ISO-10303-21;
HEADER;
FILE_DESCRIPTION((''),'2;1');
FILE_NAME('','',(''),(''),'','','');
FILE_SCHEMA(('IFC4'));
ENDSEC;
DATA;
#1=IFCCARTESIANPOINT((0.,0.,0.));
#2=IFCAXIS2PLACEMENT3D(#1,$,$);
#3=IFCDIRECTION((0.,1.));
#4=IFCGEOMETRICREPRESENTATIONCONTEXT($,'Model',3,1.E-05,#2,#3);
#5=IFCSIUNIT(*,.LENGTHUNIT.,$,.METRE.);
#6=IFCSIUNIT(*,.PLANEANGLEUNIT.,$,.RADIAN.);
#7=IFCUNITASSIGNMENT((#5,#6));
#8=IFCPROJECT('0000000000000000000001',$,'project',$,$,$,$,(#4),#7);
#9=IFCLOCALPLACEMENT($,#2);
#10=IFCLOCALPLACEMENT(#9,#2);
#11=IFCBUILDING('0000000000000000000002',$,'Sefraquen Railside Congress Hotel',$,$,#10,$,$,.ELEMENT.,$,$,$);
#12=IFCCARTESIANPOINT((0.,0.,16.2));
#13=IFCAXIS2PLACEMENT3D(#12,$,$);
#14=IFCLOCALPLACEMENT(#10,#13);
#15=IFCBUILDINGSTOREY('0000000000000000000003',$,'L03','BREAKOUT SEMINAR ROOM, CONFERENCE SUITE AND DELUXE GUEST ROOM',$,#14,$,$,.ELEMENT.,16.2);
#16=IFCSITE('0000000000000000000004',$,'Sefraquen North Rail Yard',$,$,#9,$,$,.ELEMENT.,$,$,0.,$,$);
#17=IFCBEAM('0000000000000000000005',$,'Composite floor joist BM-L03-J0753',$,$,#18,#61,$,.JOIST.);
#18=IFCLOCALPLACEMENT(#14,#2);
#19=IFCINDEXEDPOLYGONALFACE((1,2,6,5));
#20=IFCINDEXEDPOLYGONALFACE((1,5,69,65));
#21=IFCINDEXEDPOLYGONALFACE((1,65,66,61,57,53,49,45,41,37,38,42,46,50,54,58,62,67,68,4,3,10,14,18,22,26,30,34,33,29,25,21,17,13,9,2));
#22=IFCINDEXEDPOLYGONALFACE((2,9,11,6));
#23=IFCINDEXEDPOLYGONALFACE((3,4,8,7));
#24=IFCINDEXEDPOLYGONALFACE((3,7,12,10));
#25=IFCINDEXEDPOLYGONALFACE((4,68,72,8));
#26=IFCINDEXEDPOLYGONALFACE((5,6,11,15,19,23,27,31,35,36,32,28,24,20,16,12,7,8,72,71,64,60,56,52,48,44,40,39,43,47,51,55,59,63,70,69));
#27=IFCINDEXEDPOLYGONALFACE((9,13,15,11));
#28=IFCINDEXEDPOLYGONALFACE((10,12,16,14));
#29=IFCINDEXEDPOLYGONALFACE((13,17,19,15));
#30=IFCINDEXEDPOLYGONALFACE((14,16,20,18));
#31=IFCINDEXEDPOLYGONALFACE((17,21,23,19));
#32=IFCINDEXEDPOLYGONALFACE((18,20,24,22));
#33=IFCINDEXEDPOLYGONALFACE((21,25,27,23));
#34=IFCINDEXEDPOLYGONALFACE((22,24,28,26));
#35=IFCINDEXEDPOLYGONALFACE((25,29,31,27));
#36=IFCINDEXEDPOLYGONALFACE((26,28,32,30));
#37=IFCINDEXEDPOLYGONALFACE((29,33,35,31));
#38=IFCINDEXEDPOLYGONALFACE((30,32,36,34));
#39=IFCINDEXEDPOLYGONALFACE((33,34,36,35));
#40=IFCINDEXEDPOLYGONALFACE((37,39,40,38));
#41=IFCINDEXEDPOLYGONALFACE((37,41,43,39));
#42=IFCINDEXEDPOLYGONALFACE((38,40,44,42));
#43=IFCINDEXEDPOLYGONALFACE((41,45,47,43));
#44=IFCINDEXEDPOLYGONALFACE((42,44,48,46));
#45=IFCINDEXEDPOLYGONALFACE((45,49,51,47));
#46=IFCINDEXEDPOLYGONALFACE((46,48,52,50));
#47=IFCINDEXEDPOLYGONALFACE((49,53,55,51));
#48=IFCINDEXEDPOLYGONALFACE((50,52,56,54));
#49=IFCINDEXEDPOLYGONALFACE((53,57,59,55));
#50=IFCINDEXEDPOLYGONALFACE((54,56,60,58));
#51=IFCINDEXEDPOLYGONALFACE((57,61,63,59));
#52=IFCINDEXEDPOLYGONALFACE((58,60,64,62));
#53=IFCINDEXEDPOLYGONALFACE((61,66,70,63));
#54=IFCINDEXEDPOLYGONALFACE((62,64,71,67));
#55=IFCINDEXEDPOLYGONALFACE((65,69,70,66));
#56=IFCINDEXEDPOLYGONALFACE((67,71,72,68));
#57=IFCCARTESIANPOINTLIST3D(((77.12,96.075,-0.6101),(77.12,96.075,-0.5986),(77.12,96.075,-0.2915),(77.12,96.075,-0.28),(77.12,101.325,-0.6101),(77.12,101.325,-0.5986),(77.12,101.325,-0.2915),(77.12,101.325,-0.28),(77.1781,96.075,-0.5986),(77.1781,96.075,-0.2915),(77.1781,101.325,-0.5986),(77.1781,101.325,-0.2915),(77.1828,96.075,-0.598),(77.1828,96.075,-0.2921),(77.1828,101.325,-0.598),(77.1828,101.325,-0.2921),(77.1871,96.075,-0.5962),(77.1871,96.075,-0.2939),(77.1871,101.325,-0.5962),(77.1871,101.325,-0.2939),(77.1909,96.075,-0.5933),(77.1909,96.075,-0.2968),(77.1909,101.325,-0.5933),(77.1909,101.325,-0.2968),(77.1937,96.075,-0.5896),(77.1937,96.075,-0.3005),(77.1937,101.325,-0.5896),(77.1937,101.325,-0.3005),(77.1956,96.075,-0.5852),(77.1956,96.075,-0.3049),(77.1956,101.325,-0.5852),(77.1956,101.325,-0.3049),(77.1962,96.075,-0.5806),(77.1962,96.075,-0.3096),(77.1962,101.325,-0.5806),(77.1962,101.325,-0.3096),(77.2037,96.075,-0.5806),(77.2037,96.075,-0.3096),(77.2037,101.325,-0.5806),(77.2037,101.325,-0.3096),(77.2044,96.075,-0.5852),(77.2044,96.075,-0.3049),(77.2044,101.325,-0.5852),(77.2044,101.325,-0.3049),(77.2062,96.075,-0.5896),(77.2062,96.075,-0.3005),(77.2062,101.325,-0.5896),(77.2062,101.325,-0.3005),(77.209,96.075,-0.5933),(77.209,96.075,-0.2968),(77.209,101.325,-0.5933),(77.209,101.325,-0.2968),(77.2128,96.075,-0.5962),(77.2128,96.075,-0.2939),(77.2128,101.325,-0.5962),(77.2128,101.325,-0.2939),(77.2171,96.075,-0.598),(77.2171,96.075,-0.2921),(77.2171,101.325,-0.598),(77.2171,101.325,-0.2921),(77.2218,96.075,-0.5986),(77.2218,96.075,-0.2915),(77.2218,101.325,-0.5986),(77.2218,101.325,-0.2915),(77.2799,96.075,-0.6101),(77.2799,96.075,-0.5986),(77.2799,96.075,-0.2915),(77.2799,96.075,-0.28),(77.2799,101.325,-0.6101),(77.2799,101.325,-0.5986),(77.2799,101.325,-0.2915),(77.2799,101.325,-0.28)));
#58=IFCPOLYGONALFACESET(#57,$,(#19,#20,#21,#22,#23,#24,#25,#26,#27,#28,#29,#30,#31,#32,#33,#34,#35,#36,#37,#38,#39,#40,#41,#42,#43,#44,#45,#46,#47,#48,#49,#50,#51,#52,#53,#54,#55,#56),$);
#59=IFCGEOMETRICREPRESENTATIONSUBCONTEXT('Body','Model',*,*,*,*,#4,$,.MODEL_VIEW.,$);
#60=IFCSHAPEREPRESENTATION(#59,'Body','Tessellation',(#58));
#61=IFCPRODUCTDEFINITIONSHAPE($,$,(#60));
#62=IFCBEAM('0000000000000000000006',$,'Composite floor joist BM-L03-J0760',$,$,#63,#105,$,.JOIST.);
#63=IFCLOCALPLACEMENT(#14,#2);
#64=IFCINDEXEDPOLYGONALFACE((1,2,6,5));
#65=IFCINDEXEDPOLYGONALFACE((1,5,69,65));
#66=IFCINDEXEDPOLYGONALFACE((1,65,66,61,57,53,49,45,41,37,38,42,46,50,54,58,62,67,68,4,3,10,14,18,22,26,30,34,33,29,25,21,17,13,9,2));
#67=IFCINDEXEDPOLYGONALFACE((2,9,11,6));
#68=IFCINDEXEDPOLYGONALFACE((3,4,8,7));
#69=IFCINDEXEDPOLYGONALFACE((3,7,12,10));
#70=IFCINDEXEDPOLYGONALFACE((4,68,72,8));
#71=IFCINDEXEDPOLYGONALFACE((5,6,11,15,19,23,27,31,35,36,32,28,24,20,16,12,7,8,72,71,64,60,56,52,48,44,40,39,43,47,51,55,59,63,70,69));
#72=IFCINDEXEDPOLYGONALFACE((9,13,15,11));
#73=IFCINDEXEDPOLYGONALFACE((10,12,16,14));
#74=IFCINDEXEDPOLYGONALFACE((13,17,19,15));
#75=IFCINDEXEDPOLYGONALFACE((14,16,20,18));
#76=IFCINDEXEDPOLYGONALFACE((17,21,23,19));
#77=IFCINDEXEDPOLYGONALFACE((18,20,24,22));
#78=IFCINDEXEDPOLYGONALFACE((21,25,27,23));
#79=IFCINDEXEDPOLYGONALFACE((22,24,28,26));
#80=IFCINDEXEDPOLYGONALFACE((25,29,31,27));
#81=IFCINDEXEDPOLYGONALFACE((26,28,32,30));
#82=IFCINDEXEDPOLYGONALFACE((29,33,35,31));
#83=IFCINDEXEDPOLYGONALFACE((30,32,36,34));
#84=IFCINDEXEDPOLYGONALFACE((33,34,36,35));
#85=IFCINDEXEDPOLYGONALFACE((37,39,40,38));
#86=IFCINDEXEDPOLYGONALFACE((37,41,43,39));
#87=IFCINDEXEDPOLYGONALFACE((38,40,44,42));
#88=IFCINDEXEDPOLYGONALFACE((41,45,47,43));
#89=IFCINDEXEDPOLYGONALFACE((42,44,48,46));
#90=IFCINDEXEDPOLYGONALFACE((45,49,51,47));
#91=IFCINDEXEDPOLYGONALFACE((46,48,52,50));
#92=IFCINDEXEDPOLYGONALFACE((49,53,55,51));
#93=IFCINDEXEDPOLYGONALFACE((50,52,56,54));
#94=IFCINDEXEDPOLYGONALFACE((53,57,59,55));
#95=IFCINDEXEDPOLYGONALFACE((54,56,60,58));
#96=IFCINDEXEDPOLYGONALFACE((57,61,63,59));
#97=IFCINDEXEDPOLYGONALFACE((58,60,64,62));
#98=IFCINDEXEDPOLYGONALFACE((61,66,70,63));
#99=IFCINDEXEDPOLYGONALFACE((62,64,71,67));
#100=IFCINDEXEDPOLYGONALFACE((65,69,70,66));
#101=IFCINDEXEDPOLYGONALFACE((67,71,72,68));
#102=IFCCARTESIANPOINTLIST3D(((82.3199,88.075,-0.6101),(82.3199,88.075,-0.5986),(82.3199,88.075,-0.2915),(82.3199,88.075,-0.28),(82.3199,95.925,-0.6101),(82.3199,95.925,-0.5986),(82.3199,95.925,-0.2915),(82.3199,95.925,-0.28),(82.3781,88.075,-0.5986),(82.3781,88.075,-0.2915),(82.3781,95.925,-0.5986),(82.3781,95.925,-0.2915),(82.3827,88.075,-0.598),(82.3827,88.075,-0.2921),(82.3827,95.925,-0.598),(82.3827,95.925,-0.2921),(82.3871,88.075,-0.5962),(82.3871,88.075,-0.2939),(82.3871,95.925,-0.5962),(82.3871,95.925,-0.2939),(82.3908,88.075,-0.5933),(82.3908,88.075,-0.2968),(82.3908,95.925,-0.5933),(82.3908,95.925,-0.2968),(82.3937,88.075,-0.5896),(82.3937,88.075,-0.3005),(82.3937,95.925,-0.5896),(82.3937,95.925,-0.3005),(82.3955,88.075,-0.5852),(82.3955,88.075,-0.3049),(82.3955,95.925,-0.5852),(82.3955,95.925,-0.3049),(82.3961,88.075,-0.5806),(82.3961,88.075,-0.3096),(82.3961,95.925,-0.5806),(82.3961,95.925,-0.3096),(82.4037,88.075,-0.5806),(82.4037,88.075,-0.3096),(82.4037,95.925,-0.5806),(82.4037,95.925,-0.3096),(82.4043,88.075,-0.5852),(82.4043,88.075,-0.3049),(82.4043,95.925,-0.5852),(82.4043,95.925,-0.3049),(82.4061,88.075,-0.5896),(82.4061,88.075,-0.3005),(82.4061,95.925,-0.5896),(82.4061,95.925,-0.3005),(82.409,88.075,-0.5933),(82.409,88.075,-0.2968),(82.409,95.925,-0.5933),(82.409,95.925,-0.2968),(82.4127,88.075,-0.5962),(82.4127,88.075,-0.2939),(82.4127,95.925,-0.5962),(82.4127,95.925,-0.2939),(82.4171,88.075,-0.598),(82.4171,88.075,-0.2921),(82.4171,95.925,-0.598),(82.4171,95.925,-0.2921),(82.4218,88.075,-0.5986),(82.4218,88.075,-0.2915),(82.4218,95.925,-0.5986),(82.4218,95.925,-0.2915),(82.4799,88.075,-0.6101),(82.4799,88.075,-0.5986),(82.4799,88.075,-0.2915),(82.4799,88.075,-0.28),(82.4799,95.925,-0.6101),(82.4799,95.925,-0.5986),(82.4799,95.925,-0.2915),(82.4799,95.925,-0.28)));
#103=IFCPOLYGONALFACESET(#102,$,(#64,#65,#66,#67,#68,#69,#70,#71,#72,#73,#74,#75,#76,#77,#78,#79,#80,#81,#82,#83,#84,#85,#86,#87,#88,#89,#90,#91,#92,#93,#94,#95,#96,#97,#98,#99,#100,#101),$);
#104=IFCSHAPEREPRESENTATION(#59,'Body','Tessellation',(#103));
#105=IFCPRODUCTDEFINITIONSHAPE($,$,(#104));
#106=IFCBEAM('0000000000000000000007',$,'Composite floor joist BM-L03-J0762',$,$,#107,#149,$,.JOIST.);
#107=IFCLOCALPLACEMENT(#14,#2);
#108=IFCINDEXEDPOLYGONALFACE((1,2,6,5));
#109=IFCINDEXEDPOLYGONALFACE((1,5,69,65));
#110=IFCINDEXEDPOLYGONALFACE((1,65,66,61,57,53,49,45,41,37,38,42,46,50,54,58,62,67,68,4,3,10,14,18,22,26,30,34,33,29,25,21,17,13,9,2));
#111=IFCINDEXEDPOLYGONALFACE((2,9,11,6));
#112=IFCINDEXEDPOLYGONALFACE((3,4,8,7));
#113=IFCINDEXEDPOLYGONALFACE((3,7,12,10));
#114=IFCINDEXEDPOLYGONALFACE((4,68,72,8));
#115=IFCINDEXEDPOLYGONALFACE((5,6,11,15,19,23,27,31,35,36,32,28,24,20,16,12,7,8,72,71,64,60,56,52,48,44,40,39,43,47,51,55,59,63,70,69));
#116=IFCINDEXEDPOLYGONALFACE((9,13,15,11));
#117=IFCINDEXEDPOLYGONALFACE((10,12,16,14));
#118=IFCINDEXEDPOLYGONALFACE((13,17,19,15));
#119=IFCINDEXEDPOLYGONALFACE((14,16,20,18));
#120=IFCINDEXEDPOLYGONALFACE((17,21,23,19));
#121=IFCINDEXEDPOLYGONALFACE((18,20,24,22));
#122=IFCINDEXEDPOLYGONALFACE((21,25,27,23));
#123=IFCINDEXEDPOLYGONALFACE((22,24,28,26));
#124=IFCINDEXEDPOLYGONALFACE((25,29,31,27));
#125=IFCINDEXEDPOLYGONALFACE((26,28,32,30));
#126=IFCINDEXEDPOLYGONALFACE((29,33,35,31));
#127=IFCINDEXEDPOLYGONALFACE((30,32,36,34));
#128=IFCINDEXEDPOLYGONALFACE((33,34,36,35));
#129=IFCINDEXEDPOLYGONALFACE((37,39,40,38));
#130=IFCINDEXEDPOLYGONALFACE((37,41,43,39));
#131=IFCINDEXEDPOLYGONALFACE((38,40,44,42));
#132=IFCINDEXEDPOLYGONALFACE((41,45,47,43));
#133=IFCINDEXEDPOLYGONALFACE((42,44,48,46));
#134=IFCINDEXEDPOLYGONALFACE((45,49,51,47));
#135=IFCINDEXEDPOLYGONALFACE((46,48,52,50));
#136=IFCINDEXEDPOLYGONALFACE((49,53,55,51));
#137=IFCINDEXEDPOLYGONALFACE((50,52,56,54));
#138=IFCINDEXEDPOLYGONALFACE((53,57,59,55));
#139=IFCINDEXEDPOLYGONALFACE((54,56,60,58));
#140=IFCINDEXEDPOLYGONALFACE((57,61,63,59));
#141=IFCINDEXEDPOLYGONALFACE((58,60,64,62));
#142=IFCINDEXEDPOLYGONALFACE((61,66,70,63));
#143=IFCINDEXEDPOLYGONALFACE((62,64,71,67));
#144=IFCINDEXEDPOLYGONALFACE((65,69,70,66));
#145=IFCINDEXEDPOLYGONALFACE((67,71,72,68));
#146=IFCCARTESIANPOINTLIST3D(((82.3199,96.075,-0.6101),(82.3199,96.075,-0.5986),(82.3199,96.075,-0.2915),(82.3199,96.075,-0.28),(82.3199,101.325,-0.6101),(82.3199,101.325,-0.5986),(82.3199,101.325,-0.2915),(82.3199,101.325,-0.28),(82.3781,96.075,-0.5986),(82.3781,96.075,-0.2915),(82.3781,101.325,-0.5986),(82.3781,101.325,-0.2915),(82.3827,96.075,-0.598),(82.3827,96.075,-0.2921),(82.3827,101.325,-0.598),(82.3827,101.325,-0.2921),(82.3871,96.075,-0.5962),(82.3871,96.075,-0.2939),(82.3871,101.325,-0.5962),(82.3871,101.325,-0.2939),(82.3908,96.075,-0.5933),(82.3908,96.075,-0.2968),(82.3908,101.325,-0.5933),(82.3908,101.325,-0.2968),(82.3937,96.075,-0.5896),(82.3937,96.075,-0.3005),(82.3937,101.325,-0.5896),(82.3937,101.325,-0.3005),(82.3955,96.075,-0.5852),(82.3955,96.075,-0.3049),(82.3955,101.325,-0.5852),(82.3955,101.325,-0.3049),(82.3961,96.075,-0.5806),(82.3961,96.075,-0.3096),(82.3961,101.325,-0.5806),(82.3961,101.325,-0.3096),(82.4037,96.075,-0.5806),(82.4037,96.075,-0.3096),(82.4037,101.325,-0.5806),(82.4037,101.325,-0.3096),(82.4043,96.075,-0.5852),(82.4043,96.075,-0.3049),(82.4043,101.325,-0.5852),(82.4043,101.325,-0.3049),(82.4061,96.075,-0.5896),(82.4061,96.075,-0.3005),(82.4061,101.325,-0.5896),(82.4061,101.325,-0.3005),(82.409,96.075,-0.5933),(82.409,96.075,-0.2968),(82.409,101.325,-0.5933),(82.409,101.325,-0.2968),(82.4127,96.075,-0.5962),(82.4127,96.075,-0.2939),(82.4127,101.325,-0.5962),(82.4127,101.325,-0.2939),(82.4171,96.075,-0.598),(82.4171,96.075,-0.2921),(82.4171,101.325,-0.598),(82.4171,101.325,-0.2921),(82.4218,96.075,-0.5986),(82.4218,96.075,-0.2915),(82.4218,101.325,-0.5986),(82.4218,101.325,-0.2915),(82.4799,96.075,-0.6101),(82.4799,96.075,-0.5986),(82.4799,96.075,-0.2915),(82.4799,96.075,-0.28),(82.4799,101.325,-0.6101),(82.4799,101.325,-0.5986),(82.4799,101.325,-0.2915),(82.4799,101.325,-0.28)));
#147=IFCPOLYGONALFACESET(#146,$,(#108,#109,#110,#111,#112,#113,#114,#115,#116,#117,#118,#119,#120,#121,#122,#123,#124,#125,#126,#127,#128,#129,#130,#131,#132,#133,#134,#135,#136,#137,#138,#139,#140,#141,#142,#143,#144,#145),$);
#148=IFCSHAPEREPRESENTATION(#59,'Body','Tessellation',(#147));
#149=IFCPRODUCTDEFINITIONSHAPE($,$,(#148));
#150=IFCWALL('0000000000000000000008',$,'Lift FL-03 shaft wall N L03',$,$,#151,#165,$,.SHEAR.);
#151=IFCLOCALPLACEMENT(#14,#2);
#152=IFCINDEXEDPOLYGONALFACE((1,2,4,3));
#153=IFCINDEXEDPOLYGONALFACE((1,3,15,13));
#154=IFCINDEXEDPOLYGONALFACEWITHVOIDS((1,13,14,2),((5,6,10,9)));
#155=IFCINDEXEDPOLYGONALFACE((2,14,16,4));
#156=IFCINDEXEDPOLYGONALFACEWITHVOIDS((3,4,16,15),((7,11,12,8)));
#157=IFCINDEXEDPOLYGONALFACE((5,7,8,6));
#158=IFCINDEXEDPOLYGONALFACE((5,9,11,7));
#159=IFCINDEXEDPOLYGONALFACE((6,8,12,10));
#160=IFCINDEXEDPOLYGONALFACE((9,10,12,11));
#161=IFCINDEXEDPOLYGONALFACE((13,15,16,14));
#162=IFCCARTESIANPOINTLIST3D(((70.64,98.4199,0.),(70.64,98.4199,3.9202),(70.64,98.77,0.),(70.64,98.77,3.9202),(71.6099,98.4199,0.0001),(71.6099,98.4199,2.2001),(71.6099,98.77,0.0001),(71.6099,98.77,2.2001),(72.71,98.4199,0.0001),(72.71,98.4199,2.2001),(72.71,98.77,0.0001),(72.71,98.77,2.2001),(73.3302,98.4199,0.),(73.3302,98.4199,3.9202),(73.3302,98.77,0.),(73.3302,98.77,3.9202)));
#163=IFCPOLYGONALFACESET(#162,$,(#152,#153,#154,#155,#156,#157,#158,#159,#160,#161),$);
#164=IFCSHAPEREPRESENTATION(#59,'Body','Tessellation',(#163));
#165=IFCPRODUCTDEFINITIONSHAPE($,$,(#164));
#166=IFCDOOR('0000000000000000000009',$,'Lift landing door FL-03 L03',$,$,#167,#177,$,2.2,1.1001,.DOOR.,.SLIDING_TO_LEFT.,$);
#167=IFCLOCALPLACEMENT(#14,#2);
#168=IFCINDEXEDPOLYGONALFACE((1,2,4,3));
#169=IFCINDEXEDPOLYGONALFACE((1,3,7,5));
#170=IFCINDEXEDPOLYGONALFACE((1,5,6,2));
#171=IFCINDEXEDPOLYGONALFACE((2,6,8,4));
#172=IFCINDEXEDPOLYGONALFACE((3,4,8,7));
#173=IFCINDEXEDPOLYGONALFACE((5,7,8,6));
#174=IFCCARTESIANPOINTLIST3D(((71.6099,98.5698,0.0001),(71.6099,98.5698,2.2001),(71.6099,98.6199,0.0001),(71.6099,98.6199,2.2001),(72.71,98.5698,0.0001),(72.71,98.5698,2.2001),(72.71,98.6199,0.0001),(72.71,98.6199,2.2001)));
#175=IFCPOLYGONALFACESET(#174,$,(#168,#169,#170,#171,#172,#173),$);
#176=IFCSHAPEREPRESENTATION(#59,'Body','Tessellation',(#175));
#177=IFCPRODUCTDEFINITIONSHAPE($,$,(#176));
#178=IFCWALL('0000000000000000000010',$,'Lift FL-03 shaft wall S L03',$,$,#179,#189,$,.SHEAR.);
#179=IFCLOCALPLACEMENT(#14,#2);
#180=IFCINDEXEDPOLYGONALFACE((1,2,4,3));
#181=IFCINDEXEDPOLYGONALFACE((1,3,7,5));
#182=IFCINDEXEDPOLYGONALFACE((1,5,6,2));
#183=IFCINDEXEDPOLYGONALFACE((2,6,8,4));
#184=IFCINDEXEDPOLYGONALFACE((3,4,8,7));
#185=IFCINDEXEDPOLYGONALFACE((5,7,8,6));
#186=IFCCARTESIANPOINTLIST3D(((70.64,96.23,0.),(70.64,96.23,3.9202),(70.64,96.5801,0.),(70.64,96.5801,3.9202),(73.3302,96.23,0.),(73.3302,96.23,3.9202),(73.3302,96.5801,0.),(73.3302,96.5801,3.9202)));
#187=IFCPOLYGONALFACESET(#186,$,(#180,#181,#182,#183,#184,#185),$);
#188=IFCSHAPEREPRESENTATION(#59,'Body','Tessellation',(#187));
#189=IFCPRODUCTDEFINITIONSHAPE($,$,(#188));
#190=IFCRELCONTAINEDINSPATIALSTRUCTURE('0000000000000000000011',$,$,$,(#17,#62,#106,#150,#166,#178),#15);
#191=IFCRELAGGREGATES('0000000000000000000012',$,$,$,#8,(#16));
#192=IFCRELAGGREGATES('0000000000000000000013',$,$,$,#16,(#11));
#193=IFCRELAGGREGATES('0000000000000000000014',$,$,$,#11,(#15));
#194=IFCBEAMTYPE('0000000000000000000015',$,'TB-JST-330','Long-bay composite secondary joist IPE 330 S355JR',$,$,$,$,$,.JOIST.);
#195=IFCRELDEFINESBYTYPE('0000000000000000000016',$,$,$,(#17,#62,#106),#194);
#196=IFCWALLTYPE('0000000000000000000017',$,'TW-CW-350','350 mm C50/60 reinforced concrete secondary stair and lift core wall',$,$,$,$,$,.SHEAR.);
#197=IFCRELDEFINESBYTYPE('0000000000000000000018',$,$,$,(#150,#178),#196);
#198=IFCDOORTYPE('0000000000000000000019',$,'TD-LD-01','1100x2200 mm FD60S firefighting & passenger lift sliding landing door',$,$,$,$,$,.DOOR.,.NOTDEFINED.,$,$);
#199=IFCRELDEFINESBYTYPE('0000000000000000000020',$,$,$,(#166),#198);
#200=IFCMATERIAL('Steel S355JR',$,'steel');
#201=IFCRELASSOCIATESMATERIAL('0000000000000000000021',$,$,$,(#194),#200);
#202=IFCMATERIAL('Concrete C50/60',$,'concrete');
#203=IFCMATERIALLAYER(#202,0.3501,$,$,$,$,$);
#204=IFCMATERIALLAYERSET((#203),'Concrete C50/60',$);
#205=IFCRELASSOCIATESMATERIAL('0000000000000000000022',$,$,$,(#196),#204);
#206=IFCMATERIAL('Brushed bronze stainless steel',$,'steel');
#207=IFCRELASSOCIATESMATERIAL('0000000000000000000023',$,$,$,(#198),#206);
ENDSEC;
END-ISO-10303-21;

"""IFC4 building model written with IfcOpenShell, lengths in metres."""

from ifc_helpers import new_model, si_unit, direction, frame, frame_2d, origin, origin_2d, place, context, subcontext, project, spatial, rectangle, i_section, extrude, material, layer, layer_set, material_profile, profile_set, type_object, element, fill, save


model = new_model("IFC4")

# Units and contexts
model_context = context("Model", 3, precision=1e-05, world=origin(), true_north=direction((0.0, 1.0)))
body_context = subcontext(model_context, "Body", "Model", "MODEL_VIEW")
ifc_project = project(units=[si_unit("LENGTHUNIT", "METRE"), si_unit("PLANEANGLEUNIT", "RADIAN")], contexts=[model_context])

# Site, building, storey
site_placement = place(None, origin())
site = spatial("IfcSite", under=ifc_project, at=site_placement, Name="Sefraquen North Rail Yard", CompositionType="ELEMENT", RefElevation=0.0)
building_placement = place(site_placement, origin())
building = spatial("IfcBuilding", under=site, at=building_placement, Name="Sefraquen Railside Congress Hotel", CompositionType="ELEMENT")
storey_placement = place(building_placement, frame((0.0, 0.0, 16.2)))
storey = spatial("IfcBuildingStorey", under=building, at=storey_placement, Name="L03", Description="BREAKOUT SEMINAR ROOM, CONFERENCE SUITE AND DELUXE GUEST ROOM", CompositionType="ELEMENT", Elevation=16.2)

# Shared definitions
ifc_material_1 = material(Name="Steel S355JR", Category="steel")

# Beams
ifc_material_profile_1 = material_profile(ifc_material_1, i_section(OverallWidth=0.1599, OverallDepth=0.3301, WebThickness=0.0076, FlangeThickness=0.0115, FilletRadius=0.0181, at=origin_2d()), Name="IPE 330")
ifc_profile_set_1 = profile_set([ifc_material_profile_1], Name="Steel S355JR")
beam_type_1 = type_object("IfcBeamType", Name="TB-JST-330", Description="Long-bay composite secondary joist IPE 330 S355JR", PredefinedType="JOIST", material=ifc_profile_set_1)
for number, where, z_axis, x_axis, name in (
    (1, (77.2, 96.075, -0.4451), (0.0, 1.0, 0.0), (-1.0, 0.0, 0.0), "Composite floor joist BM-L03-J0753"),
):
    element("IfcBeam", number, at=place(storey_placement, frame(where, z_axis=z_axis, x_axis=x_axis)), inside=storey, type_object=beam_type_1, Name=name, PredefinedType="JOIST", context=body_context, shape_type="SweptSolid", body=[
        extrude(i_section(OverallWidth=0.1599, OverallDepth=0.3301, WebThickness=0.0076, FlangeThickness=0.0115, FilletRadius=0.0181, at=origin_2d()), origin(), (0.0, 0.0, 1.0), 5.25),
    ])
beam_1_placement = place(storey_placement, frame((82.3999, 88.075, -0.4451), z_axis=(0.0, 1.0, 0.0), x_axis=(-1.0, 0.0, 0.0)))
element("IfcBeam", 2, at=beam_1_placement, inside=storey, type_object=beam_type_1, Name="Composite floor joist BM-L03-J0760", PredefinedType="JOIST", context=body_context, shape_type="SweptSolid", body=[
    extrude(i_section(OverallWidth=0.1599, OverallDepth=0.3301, WebThickness=0.0076, FlangeThickness=0.0115, FilletRadius=0.0181, at=origin_2d()), origin(), (0.0, 0.0, 1.0), 7.8501),
])
beam_2_placement = place(storey_placement, frame((82.3999, 96.075, -0.4451), z_axis=(0.0, 1.0, 0.0), x_axis=(-1.0, 0.0, 0.0)))
element("IfcBeam", 3, at=beam_2_placement, inside=storey, type_object=beam_type_1, Name="Composite floor joist BM-L03-J0762", PredefinedType="JOIST", context=body_context, shape_type="SweptSolid", body=[
    extrude(i_section(OverallWidth=0.1599, OverallDepth=0.3301, WebThickness=0.0076, FlangeThickness=0.0115, FilletRadius=0.0181, at=origin_2d()), origin(), (0.0, 0.0, 1.0), 5.25),
])

# Wall, opening, door
ifc_material_2 = material(Name="Concrete C50/60", Category="concrete")
ifc_layer_1 = layer(ifc_material_2, 0.3501)
ifc_layer_set_1 = layer_set([ifc_layer_1], Name="Concrete C50/60")
wall_type_1 = type_object("IfcWallType", Name="TW-CW-350", Description="350 mm C50/60 reinforced concrete secondary stair and lift core wall", PredefinedType="SHEAR", material=ifc_layer_set_1)
wall_1_placement = place(storey_placement, frame((70.6399, 98.595, 0.0), z_axis=(0.0, 0.0, 1.0), x_axis=(1.0, 0.0, 0.0)))
wall_1 = element("IfcWall", 4, at=wall_1_placement, inside=storey, type_object=wall_type_1, Name="Lift FL-03 shaft wall N L03", PredefinedType="SHEAR", context=body_context, shape_type="SweptSolid", body=[
    extrude(rectangle(XDim=2.6902, YDim=0.3501, at=frame_2d((1.3452, 0.0))), origin(), (0.0, 0.0, 1.0), 3.9202),
])
opening_1_placement = place(wall_1_placement, frame((0.97, 0.0, 0.0)))
opening_1 = element("IfcOpeningElement", 5, at=opening_1_placement, cuts=wall_1, PredefinedType="OPENING", context=body_context, shape_type="SweptSolid", body=[
    extrude(rectangle(XDim=1.1001, YDim=2.2, at=frame_2d((0.55, 1.1001))), frame((0.0, 0.1851, 0.0), z_axis=(0.0, -1.0, 0.0), x_axis=(1.0, 0.0, 0.0)), (0.0, 0.0, 1.0), 0.3701),
])
ifc_material_3 = material(Name="Brushed bronze stainless steel", Category="steel")
door_type_1 = type_object("IfcDoorType", Name="TD-LD-01", Description="1100x2200 mm FD60S firefighting & passenger lift sliding landing door", OperationType="NOTDEFINED", PredefinedType="DOOR", material=ifc_material_3)
door_1_placement = place(opening_1_placement, origin())
door_1 = element("IfcDoor", 6, at=door_1_placement, inside=storey, type_object=door_type_1, Name="Lift landing door FL-03 L03", OperationType="SLIDING_TO_LEFT", OverallHeight=2.2, OverallWidth=1.1001, PredefinedType="DOOR", context=body_context, shape_type="SweptSolid", body=[
    extrude(rectangle(XDim=1.1001, YDim=2.2, at=frame_2d((0.55, 1.1001))), frame((0.0, 0.0249, 0.0), z_axis=(0.0, -1.0, 0.0), x_axis=(1.0, 0.0, 0.0)), (0.0, 0.0, 1.0), 0.05),
])
fill(opening_1, door_1)

# Wall
wall_2_placement = place(storey_placement, frame((70.6399, 96.405, 0.0), z_axis=(0.0, 0.0, 1.0), x_axis=(1.0, 0.0, 0.0)))
element("IfcWall", 7, at=wall_2_placement, inside=storey, type_object=wall_type_1, Name="Lift FL-03 shaft wall S L03", PredefinedType="SHEAR", context=body_context, shape_type="SweptSolid", body=[
    extrude(rectangle(XDim=2.6902, YDim=0.3501, at=frame_2d((1.3452, 0.0))), origin(), (0.0, 0.0, 1.0), 3.9202),
])

save(model, "model.ifc")
